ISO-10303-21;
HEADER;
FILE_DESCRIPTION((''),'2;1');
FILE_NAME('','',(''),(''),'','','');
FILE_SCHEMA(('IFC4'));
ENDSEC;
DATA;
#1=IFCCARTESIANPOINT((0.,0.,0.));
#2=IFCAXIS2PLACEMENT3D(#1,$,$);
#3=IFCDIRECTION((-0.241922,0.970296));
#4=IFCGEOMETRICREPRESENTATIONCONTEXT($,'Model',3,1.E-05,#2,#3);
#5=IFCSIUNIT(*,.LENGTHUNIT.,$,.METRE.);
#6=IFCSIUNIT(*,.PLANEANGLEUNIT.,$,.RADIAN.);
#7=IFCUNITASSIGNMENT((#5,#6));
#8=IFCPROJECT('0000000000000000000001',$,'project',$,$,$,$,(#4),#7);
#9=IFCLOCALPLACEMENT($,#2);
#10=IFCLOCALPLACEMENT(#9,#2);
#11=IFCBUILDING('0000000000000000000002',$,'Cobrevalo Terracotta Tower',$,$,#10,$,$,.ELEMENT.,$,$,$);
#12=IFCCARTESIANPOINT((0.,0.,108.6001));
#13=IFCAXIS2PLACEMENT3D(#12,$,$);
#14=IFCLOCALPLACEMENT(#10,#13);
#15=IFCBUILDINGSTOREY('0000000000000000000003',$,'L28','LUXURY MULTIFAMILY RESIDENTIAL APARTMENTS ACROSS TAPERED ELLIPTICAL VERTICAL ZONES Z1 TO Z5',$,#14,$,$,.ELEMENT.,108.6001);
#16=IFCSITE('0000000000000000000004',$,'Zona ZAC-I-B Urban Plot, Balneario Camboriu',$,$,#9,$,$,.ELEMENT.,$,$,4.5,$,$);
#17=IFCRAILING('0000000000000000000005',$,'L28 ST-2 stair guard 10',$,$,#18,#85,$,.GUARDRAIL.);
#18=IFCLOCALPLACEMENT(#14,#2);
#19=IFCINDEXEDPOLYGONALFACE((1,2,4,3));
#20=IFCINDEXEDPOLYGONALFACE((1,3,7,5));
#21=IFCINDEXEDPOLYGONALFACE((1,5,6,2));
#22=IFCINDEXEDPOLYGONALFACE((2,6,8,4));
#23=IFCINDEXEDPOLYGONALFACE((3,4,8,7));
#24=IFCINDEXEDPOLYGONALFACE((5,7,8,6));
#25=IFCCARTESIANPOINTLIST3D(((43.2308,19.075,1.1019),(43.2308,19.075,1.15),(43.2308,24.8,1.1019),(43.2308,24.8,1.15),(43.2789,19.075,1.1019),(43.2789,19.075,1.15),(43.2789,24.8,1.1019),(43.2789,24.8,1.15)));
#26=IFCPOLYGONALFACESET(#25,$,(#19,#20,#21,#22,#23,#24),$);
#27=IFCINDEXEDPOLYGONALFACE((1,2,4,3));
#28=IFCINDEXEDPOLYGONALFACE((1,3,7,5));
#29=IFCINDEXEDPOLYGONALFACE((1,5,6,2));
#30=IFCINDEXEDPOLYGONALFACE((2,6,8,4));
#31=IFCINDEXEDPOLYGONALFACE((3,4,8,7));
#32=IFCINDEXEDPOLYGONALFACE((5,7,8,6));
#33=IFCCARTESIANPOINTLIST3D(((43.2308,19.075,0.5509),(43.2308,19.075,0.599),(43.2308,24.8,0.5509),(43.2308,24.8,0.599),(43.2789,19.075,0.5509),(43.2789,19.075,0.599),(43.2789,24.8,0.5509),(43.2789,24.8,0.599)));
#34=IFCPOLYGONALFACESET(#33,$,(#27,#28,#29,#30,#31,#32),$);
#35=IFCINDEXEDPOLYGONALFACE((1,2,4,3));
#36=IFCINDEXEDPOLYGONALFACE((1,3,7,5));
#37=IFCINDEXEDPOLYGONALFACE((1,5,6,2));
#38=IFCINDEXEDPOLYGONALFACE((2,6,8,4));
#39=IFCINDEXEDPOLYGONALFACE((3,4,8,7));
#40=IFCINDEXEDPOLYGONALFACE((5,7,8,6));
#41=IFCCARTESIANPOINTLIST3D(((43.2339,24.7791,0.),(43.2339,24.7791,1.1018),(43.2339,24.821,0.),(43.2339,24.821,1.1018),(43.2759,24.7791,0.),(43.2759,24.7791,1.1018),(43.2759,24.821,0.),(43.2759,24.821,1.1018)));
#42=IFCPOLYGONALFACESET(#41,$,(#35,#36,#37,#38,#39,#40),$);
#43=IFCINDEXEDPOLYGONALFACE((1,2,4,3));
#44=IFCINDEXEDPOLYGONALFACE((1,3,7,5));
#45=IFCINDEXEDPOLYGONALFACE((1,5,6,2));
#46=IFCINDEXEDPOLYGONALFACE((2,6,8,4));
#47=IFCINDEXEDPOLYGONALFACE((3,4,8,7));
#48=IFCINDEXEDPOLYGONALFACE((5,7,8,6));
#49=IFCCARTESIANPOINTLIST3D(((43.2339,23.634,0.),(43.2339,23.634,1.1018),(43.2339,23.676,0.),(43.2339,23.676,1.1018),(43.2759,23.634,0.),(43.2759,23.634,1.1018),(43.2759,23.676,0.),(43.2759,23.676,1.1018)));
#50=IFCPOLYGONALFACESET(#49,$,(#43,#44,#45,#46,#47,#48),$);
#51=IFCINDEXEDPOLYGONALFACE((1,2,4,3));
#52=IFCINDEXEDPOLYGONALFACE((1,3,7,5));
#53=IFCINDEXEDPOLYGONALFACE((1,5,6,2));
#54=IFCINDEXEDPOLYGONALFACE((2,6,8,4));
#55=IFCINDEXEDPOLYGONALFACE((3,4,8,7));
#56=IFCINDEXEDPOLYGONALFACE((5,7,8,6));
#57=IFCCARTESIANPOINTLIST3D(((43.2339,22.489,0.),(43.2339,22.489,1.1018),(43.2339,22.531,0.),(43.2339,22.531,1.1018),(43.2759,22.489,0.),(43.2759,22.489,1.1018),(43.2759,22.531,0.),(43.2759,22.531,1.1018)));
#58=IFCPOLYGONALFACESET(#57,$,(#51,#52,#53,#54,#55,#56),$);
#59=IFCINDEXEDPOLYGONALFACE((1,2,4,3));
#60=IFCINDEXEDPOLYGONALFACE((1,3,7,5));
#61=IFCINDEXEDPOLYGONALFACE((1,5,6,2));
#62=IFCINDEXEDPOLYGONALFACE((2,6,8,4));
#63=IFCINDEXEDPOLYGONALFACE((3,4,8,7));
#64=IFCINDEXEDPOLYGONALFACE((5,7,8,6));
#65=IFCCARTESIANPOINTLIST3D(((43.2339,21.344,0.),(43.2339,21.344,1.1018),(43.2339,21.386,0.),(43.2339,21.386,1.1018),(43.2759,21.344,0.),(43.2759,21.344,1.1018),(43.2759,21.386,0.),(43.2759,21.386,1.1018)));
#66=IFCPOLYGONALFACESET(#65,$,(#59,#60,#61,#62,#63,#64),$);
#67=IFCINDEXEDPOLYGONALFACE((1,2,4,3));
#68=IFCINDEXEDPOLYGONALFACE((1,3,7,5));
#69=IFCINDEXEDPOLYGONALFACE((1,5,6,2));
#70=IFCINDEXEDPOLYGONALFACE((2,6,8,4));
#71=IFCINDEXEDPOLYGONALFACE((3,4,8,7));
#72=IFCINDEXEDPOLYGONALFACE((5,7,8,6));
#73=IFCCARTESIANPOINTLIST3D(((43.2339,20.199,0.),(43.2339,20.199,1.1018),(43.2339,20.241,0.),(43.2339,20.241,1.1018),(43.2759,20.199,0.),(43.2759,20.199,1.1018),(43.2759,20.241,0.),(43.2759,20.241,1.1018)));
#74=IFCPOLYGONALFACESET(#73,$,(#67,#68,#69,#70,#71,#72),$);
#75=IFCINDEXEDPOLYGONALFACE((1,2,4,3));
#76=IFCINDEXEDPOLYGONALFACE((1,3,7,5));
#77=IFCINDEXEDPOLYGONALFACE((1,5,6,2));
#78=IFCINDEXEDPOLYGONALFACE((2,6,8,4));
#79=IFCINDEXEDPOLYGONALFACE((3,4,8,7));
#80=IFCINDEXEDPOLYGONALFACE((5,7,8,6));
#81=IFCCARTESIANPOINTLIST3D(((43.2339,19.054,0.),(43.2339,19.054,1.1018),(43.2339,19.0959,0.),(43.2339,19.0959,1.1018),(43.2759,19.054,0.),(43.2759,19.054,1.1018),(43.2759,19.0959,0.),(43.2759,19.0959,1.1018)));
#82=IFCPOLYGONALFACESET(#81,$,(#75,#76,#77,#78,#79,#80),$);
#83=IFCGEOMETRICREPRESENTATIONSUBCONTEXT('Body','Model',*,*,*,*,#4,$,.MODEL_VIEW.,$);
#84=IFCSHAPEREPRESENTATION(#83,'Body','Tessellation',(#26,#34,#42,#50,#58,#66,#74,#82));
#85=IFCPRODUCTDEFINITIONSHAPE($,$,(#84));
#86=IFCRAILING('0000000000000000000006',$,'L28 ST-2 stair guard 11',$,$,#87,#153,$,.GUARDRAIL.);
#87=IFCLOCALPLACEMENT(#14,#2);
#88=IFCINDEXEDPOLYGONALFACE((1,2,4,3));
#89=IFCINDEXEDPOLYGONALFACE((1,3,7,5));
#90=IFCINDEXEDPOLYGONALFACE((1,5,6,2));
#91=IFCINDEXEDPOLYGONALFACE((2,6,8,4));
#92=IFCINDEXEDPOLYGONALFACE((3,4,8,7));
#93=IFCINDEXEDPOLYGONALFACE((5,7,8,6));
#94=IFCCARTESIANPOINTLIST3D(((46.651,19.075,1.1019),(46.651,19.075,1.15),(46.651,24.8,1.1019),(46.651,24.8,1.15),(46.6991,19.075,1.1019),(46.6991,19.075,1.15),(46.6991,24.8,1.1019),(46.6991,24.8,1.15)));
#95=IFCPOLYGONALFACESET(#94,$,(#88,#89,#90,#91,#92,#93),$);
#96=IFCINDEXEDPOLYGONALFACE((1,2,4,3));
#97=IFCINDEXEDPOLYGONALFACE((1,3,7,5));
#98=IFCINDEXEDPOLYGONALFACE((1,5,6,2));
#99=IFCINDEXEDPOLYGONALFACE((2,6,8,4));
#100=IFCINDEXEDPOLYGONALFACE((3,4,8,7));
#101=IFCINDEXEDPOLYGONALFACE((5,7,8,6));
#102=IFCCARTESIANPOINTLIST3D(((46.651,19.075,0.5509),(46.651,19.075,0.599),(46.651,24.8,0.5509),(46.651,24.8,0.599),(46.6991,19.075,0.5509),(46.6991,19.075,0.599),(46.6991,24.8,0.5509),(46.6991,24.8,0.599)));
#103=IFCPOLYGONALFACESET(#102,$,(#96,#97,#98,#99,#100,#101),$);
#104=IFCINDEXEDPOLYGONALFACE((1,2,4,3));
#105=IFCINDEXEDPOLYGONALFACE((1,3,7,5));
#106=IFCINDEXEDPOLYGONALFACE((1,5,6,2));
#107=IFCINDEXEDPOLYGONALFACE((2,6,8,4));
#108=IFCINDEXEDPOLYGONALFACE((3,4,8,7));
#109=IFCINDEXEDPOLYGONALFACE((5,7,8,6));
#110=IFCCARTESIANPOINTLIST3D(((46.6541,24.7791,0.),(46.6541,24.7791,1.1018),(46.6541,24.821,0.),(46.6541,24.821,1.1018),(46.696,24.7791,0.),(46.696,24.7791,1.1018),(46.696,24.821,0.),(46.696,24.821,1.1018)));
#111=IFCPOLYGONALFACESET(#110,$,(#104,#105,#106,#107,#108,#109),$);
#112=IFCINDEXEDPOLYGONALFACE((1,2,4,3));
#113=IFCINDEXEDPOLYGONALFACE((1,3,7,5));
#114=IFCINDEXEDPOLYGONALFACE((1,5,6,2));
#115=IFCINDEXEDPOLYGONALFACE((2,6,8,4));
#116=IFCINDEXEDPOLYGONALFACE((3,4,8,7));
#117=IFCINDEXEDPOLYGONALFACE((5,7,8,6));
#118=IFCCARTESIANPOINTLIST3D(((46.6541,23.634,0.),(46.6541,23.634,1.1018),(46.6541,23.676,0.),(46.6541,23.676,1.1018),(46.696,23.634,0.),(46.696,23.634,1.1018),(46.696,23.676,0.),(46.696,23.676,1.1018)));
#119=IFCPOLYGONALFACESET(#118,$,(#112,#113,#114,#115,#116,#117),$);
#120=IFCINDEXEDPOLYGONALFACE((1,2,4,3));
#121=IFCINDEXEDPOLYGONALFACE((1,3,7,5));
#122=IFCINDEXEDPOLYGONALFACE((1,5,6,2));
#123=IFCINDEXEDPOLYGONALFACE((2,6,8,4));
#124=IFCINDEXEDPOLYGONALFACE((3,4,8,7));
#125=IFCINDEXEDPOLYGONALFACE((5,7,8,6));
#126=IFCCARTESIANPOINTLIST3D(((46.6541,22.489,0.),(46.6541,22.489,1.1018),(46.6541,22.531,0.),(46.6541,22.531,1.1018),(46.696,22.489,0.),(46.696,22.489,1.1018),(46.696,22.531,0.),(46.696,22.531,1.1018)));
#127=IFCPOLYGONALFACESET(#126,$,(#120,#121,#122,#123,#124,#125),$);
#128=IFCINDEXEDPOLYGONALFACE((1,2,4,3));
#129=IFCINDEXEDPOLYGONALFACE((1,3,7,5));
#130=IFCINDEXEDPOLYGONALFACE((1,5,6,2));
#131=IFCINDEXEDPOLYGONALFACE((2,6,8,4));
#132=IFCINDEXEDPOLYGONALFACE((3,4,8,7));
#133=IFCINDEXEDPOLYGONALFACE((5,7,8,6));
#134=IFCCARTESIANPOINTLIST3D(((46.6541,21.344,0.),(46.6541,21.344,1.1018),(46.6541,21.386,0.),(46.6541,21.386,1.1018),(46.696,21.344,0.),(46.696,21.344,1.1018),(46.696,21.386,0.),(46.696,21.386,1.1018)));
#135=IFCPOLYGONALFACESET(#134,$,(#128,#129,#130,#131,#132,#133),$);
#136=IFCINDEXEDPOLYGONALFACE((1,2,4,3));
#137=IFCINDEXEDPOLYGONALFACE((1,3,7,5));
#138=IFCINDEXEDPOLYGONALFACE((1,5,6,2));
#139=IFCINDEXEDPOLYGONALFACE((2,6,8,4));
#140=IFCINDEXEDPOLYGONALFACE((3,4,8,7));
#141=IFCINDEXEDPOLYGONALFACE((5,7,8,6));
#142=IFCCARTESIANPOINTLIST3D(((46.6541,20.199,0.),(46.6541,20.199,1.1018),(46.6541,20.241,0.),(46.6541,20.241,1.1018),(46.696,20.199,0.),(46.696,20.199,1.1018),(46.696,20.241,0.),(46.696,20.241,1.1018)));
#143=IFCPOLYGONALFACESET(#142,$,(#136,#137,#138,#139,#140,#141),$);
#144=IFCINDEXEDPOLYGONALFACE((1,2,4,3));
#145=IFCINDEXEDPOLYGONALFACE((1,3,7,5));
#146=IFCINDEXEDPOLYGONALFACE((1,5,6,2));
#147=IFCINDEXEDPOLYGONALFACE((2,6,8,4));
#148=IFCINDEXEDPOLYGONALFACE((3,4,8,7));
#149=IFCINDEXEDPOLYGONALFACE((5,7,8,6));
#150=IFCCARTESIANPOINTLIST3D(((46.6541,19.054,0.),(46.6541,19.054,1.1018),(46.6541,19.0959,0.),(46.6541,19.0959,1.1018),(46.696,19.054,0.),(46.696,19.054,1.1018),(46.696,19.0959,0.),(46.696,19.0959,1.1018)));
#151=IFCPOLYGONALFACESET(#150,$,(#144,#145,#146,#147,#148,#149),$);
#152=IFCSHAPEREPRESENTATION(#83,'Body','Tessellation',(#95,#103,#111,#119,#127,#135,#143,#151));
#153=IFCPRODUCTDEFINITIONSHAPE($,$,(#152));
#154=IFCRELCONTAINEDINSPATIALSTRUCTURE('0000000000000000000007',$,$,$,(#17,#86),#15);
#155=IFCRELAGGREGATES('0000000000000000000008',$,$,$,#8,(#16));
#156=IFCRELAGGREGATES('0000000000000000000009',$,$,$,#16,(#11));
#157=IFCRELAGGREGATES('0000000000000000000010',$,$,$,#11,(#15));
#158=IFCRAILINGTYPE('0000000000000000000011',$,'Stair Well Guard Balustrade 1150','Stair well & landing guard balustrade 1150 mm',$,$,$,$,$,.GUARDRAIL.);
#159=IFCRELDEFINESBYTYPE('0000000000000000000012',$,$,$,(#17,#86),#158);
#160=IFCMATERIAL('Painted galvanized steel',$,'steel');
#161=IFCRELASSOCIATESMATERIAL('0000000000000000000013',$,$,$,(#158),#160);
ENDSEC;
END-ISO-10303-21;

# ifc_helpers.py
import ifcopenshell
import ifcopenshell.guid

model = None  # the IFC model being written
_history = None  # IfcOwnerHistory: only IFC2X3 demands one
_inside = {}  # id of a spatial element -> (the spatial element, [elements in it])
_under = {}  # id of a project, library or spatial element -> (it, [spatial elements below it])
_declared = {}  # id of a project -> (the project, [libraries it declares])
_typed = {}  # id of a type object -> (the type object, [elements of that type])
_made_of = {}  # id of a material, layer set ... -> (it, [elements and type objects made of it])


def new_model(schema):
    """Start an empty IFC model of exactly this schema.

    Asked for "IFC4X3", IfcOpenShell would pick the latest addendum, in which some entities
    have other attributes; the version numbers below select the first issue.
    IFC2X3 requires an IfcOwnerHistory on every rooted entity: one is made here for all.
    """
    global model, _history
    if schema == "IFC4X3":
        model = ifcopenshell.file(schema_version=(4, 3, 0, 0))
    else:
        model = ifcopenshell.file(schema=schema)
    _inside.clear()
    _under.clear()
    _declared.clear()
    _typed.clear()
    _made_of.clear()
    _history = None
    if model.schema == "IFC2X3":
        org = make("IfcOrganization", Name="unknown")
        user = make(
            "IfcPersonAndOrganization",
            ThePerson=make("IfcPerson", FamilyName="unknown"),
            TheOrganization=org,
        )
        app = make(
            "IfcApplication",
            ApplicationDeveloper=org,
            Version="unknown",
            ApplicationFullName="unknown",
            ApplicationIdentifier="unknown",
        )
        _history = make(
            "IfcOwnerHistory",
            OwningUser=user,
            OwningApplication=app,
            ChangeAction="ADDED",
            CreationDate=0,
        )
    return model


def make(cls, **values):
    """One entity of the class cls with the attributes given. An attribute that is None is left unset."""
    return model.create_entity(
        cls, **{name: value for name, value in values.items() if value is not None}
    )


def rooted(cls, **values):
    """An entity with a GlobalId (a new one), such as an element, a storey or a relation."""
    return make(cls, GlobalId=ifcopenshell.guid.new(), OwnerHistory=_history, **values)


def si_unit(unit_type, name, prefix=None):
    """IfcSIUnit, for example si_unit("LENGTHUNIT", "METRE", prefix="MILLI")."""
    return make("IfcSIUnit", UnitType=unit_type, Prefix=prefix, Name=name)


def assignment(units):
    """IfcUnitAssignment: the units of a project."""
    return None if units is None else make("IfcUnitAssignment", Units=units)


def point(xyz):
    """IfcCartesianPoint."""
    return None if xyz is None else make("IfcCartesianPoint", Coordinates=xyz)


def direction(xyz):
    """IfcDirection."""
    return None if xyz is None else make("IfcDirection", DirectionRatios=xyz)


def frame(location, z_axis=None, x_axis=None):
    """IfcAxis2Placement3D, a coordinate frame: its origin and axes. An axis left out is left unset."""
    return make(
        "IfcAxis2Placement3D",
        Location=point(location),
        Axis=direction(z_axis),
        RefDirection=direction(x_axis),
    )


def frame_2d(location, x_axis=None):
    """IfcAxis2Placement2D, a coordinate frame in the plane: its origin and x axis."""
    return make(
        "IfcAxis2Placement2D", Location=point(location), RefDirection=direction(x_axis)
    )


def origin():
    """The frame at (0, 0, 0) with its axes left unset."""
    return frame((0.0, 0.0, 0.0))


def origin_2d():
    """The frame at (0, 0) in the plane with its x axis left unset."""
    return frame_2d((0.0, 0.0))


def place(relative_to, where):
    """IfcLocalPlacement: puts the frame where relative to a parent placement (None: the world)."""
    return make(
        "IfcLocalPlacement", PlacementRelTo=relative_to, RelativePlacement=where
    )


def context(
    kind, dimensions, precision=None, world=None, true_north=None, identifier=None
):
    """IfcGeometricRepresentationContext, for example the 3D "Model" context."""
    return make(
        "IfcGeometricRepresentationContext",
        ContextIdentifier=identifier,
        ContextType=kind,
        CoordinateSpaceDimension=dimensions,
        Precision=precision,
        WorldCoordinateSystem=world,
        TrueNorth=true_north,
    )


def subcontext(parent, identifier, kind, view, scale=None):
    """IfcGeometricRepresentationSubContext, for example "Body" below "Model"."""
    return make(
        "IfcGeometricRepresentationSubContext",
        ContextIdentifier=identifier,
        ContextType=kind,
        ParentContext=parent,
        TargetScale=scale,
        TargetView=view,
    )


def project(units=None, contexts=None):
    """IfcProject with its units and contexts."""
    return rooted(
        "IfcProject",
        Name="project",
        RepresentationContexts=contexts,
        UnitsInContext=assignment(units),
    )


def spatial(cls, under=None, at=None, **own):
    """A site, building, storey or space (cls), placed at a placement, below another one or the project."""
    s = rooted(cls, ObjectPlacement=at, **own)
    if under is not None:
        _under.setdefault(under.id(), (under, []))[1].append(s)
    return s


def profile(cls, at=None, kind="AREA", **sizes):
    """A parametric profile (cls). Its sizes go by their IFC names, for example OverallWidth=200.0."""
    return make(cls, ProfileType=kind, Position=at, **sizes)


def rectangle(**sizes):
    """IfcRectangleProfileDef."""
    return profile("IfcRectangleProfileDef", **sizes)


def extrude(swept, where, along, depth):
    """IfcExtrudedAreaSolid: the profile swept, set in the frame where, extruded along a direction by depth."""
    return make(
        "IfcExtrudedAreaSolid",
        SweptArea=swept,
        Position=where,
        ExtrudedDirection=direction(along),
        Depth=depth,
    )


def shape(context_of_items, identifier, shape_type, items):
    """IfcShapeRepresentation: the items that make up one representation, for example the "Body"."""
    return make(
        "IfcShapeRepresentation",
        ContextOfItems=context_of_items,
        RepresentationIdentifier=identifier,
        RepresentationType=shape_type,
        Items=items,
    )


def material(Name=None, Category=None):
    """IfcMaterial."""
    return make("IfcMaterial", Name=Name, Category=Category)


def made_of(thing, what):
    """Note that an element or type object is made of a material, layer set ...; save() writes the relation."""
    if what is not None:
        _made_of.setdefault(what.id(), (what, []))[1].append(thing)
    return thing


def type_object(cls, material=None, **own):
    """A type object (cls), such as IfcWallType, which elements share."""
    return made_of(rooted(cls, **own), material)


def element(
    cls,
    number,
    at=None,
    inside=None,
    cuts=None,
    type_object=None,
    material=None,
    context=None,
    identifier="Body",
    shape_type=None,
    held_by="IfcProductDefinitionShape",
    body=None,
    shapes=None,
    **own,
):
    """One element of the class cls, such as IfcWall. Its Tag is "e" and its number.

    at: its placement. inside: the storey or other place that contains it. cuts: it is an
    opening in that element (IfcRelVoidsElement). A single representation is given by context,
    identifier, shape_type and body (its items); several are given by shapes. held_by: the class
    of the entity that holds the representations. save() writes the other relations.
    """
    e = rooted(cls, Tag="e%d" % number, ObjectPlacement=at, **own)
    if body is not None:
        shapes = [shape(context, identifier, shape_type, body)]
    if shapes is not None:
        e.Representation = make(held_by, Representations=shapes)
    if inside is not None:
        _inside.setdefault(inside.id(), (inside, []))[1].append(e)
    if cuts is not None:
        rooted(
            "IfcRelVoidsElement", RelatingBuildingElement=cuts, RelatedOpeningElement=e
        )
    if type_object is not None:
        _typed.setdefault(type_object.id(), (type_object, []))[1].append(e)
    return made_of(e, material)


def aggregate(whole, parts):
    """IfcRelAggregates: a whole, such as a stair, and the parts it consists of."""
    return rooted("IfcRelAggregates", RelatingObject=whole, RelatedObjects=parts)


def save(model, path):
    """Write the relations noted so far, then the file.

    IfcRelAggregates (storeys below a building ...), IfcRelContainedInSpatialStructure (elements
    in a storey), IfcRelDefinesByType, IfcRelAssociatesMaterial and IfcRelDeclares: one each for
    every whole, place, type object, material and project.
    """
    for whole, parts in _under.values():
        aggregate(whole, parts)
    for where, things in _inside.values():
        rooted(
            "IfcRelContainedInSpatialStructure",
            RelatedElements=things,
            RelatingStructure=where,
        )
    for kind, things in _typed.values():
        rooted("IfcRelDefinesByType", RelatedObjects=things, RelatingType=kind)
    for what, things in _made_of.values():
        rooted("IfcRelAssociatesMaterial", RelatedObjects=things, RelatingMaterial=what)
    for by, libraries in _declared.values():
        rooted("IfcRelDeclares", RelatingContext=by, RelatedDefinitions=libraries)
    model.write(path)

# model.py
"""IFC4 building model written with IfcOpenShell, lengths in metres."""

from ifc_helpers import new_model, si_unit, direction, frame, origin, origin_2d, place, context, subcontext, project, spatial, rectangle, extrude, material, type_object, element, save


model = new_model("IFC4")

# Units and contexts
model_context = context("Model", 3, precision=1e-05, world=origin(), true_north=direction((-0.241922, 0.970296)))
body_context = subcontext(model_context, "Body", "Model", "MODEL_VIEW")
ifc_project = project(units=[si_unit("LENGTHUNIT", "METRE"), si_unit("PLANEANGLEUNIT", "RADIAN")], contexts=[model_context])

# Site, building, storey
site_placement = place(None, origin())
site = spatial("IfcSite", under=ifc_project, at=site_placement, Name="Zona ZAC-I-B Urban Plot, Balneario Camboriu", CompositionType="ELEMENT", RefElevation=4.5)
building_placement = place(site_placement, origin())
building = spatial("IfcBuilding", under=site, at=building_placement, Name="Cobrevalo Terracotta Tower", CompositionType="ELEMENT")
storey_placement = place(building_placement, frame((0.0, 0.0, 108.6001)))
storey = spatial("IfcBuildingStorey", under=building, at=storey_placement, Name="L28", Description="LUXURY MULTIFAMILY RESIDENTIAL APARTMENTS ACROSS TAPERED ELLIPTICAL VERTICAL ZONES Z1 TO Z5", CompositionType="ELEMENT", Elevation=108.6001)

# Railings
ifc_material_1 = material(Name="Painted galvanized steel", Category="steel")
railing_type_1 = type_object("IfcRailingType", Name="Stair Well Guard Balustrade 1150", Description="Stair well & landing guard balustrade 1150 mm", PredefinedType="GUARDRAIL", material=ifc_material_1)
for number, where, name in (
    (1, (43.2549, 24.8, 0.0), "L28 ST-2 stair guard 10"),
    (2, (46.675, 24.8, 0.0), "L28 ST-2 stair guard 11"),
):
    element("IfcRailing", number, at=place(storey_placement, frame(where)), inside=storey, type_object=railing_type_1, Name=name, PredefinedType="GUARDRAIL", context=body_context, shape_type="SweptSolid", body=[
        extrude(rectangle(XDim=0.0481, YDim=0.0481, at=origin_2d()), frame((0.0, 0.0, 1.126), z_axis=(0.0, -1.0, 0.0), x_axis=(1.0, 0.0, 0.0)), (0.0, 0.0, 1.0), 5.7251),
        extrude(rectangle(XDim=0.0481, YDim=0.0481, at=origin_2d()), frame((0.0, 0.0, 0.575), z_axis=(0.0, -1.0, 0.0), x_axis=(1.0, 0.0, 0.0)), (0.0, 0.0, 1.0), 5.7251),
        extrude(rectangle(XDim=0.042, YDim=0.042, at=origin_2d()), origin(), (0.0, 0.0, 1.0), 1.1018),
        extrude(rectangle(XDim=0.042, YDim=0.042, at=origin_2d()), frame((0.0, -1.145, 0.0)), (0.0, 0.0, 1.0), 1.1018),
        extrude(rectangle(XDim=0.042, YDim=0.042, at=origin_2d()), frame((0.0, -2.29, 0.0)), (0.0, 0.0, 1.0), 1.1018),
        extrude(rectangle(XDim=0.042, YDim=0.042, at=origin_2d()), frame((0.0, -3.4351, 0.0)), (0.0, 0.0, 1.0), 1.1018),
        extrude(rectangle(XDim=0.042, YDim=0.042, at=origin_2d()), frame((0.0, -4.5801, 0.0)), (0.0, 0.0, 1.0), 1.1018),
        extrude(rectangle(XDim=0.042, YDim=0.042, at=origin_2d()), frame((0.0, -5.7251, 0.0)), (0.0, 0.0, 1.0), 1.1018),
    ])

save(model, "model.ifc")
